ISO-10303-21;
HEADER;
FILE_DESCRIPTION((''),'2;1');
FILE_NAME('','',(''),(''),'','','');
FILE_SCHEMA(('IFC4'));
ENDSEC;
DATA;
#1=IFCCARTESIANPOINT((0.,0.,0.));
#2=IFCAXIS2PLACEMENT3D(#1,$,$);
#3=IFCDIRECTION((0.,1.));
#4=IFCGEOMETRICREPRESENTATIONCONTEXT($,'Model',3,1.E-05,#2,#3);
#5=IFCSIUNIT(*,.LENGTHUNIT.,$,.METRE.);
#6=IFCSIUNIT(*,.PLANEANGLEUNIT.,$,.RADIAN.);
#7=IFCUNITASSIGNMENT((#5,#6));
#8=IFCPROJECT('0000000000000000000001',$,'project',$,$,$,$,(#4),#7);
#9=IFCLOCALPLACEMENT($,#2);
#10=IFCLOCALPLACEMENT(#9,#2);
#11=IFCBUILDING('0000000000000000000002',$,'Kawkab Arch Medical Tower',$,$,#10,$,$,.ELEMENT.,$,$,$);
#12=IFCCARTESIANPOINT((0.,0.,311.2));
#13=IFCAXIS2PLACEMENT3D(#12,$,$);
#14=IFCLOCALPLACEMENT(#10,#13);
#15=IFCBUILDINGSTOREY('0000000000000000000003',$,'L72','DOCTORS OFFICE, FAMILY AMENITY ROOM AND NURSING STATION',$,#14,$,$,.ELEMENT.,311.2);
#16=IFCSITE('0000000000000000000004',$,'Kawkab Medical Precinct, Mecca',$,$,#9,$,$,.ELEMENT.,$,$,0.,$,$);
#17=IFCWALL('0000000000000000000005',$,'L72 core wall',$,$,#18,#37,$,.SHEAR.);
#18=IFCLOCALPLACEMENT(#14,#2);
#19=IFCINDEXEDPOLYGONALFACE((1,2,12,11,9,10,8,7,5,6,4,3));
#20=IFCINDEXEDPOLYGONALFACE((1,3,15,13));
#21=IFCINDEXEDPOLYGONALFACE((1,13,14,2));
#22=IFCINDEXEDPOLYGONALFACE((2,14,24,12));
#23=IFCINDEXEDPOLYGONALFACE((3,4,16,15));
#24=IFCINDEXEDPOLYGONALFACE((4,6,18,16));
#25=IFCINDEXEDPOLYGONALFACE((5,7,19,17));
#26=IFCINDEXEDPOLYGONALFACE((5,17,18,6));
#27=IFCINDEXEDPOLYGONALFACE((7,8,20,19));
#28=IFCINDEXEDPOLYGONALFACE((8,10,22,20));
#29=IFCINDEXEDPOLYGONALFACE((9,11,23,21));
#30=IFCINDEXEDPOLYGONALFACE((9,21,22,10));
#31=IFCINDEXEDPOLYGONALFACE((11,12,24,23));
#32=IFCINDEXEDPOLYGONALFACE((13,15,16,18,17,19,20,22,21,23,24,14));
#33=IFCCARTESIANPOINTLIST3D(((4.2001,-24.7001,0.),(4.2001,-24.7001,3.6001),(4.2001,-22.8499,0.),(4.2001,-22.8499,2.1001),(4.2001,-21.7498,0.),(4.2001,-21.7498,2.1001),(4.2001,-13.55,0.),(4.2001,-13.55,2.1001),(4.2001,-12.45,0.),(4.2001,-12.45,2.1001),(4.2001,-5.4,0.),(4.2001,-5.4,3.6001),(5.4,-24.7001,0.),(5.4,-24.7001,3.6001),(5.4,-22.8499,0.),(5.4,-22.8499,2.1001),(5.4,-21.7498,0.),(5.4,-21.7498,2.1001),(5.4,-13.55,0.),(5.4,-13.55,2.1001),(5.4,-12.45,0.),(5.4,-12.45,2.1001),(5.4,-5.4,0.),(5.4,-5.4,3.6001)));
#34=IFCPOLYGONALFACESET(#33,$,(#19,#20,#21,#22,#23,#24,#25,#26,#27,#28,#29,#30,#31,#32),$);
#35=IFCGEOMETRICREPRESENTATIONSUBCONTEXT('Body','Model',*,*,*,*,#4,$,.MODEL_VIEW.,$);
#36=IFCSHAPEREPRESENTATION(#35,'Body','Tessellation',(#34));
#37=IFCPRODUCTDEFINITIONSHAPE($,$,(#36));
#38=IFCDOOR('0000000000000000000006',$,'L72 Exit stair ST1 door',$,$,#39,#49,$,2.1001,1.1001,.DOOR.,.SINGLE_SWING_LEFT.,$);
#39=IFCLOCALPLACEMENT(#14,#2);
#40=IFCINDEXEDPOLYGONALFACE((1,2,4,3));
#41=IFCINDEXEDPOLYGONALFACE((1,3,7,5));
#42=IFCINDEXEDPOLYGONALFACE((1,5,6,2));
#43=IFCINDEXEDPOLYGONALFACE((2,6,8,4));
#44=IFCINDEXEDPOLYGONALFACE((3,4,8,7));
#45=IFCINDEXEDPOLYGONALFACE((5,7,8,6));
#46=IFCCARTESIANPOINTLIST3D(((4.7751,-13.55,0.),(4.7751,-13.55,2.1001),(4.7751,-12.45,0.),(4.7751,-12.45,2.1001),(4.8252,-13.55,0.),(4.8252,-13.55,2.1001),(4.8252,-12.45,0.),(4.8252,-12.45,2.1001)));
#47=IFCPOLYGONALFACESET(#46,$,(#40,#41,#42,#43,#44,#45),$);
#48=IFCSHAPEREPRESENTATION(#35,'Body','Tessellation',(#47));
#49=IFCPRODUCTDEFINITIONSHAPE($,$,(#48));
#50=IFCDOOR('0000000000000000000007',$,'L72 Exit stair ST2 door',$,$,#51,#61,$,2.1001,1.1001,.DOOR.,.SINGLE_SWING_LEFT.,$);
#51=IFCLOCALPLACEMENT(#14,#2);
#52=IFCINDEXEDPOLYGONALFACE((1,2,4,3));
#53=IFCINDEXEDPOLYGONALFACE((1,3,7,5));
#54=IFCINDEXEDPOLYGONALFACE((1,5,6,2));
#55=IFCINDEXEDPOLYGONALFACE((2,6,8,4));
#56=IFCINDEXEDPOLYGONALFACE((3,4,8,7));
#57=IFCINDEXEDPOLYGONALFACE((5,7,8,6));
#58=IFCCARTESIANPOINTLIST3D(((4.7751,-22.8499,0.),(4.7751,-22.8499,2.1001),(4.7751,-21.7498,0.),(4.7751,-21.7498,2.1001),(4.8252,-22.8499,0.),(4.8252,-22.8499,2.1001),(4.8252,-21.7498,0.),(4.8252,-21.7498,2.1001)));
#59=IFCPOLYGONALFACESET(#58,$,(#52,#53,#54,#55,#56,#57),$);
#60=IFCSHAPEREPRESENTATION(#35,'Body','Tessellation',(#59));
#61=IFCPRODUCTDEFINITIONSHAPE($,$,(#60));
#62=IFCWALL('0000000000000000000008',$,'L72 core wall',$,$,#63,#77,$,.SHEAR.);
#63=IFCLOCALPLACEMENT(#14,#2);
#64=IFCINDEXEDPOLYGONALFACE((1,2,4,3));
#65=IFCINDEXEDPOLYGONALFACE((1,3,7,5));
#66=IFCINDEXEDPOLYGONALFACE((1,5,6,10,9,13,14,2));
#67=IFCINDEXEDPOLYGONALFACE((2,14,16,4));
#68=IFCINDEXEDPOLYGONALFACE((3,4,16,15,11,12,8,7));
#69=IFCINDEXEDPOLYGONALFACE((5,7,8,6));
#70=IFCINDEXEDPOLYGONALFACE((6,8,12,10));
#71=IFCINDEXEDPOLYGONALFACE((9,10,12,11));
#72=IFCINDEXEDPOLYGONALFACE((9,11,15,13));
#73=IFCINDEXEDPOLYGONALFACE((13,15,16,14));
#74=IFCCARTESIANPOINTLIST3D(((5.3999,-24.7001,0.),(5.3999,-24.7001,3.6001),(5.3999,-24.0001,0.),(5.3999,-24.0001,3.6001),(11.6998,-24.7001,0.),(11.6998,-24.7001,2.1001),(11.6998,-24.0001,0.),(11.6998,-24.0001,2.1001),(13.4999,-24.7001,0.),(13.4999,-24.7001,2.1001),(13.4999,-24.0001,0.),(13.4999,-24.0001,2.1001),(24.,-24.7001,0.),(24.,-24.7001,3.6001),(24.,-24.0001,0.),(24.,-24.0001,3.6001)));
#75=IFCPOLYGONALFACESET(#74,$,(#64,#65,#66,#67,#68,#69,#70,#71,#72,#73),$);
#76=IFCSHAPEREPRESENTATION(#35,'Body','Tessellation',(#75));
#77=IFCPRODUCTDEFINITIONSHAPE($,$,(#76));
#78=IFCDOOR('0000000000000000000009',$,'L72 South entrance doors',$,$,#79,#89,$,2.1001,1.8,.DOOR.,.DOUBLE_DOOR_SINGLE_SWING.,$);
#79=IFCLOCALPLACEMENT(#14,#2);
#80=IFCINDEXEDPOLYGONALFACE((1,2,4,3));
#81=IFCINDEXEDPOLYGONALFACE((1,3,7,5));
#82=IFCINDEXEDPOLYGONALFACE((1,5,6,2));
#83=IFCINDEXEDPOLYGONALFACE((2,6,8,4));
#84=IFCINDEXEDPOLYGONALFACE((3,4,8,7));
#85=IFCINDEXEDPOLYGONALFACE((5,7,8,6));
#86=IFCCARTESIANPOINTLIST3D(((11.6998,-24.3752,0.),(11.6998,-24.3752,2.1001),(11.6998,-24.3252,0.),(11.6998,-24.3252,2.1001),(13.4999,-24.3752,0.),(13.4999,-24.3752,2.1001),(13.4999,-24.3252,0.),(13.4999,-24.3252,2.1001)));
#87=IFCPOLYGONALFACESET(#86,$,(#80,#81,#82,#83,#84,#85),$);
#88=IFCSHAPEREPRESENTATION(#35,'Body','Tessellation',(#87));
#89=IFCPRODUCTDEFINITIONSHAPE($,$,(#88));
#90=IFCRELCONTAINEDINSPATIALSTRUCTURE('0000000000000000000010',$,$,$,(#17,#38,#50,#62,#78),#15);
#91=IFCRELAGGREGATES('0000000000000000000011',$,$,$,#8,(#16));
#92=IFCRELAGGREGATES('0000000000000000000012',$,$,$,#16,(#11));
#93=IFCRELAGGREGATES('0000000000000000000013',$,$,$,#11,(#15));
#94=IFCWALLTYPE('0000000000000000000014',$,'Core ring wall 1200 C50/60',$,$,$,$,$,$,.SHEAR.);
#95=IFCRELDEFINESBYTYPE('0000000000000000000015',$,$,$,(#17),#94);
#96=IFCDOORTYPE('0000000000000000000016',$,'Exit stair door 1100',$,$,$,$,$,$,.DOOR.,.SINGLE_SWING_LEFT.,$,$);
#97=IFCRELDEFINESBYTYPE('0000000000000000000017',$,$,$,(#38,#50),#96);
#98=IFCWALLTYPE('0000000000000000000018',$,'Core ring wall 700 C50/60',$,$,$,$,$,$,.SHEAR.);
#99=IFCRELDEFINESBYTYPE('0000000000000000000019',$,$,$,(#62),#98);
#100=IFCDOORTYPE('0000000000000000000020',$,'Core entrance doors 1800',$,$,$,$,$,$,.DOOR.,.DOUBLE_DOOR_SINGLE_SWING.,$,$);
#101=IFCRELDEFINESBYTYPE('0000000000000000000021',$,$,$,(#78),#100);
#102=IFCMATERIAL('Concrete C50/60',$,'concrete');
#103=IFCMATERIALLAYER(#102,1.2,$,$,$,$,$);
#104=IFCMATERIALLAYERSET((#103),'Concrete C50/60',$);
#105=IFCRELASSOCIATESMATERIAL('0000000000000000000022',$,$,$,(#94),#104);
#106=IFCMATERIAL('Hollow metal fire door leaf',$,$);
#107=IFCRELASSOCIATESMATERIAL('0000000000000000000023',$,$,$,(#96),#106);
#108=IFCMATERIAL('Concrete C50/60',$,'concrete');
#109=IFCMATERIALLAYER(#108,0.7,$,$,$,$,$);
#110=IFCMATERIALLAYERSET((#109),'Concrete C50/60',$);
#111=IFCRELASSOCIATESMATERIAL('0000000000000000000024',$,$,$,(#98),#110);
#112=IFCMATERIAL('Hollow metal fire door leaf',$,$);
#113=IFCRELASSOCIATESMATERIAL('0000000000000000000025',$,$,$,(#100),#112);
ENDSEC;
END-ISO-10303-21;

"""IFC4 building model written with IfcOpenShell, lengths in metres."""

from ifc_helpers import new_model, si_unit, direction, frame, frame_2d, origin, place, context, subcontext, project, spatial, rectangle, extrude, material, layer, layer_set, type_object, element, fill, save


model = new_model("IFC4")

# Units and contexts
model_context = context("Model", 3, precision=1e-05, world=origin(), true_north=direction((0.0, 1.0)))
body_context = subcontext(model_context, "Body", "Model", "MODEL_VIEW")
ifc_project = project(units=[si_unit("LENGTHUNIT", "METRE"), si_unit("PLANEANGLEUNIT", "RADIAN")], contexts=[model_context])

# Site, building, storey
site_placement = place(None, origin())
site = spatial("IfcSite", under=ifc_project, at=site_placement, Name="Kawkab Medical Precinct, Mecca", CompositionType="ELEMENT", RefElevation=0.0)
building_placement = place(site_placement, origin())
building = spatial("IfcBuilding", under=site, at=building_placement, Name="Kawkab Arch Medical Tower", CompositionType="ELEMENT")
storey_placement = place(building_placement, frame((0.0, 0.0, 311.2)))
storey = spatial("IfcBuildingStorey", under=building, at=storey_placement, Name="L72", Description="DOCTORS OFFICE, FAMILY AMENITY ROOM AND NURSING STATION", CompositionType="ELEMENT", Elevation=311.2)

# Wall, openings, doors
ifc_material_1 = material(Name="Concrete C50/60", Category="concrete")
ifc_layer_1 = layer(ifc_material_1, 1.2)
ifc_layer_set_1 = layer_set([ifc_layer_1], Name="Concrete C50/60")
wall_type_1 = type_object("IfcWallType", Name="Core ring wall 1200 C50/60", PredefinedType="SHEAR", material=ifc_layer_set_1)
wall_1_placement = place(storey_placement, frame((4.8, -24.7, 0.0), z_axis=(0.0, 0.0, 1.0), x_axis=(0.0, 1.0, 0.0)))
wall_1 = element("IfcWall", 1, at=wall_1_placement, inside=storey, type_object=wall_type_1, Name="L72 core wall", PredefinedType="SHEAR", context=body_context, shape_type="SweptSolid", body=[
    extrude(rectangle(XDim=19.3, YDim=1.2, at=frame_2d((9.6499, 0.0))), origin(), (0.0, 0.0, 1.0), 3.6001),
])
opening_1_placement = place(wall_1_placement, frame((11.1499, 0.0, 0.0)))
opening_1 = element("IfcOpeningElement", 2, at=opening_1_placement, cuts=wall_1, PredefinedType="OPENING", context=body_context, shape_type="SweptSolid", body=[
    extrude(rectangle(XDim=1.1001, YDim=2.1001, at=frame_2d((0.55, 1.05))), frame((0.0, 0.6099, 0.0), z_axis=(0.0, -1.0, 0.0), x_axis=(1.0, 0.0, 0.0)), (0.0, 0.0, 1.0), 1.22),
])
opening_2_placement = place(wall_1_placement, frame((1.8501, 0.0, 0.0)))
opening_2 = element("IfcOpeningElement", 3, at=opening_2_placement, cuts=wall_1, PredefinedType="OPENING", context=body_context, shape_type="SweptSolid", body=[
    extrude(rectangle(XDim=1.1001, YDim=2.1001, at=frame_2d((0.55, 1.05))), frame((0.0, 0.6099, 0.0), z_axis=(0.0, -1.0, 0.0), x_axis=(1.0, 0.0, 0.0)), (0.0, 0.0, 1.0), 1.22),
])
ifc_material_2 = material(Name="Hollow metal fire door leaf")
door_type_1 = type_object("IfcDoorType", Name="Exit stair door 1100", OperationType="SINGLE_SWING_LEFT", PredefinedType="DOOR", material=ifc_material_2)
door_1_placement = place(opening_1_placement, origin())
door_1 = element("IfcDoor", 4, at=door_1_placement, inside=storey, type_object=door_type_1, Name="L72 Exit stair ST1 door", OperationType="SINGLE_SWING_LEFT", OverallHeight=2.1001, OverallWidth=1.1001, PredefinedType="DOOR", context=body_context, shape_type="SweptSolid", body=[
    extrude(rectangle(XDim=1.1001, YDim=2.1001, at=frame_2d((0.55, 1.05))), frame((0.0, 0.0249, 0.0), z_axis=(0.0, -1.0, 0.0), x_axis=(1.0, 0.0, 0.0)), (0.0, 0.0, 1.0), 0.05),
])
fill(opening_1, door_1)
door_2_placement = place(opening_2_placement, origin())
door_2 = element("IfcDoor", 5, at=door_2_placement, inside=storey, type_object=door_type_1, Name="L72 Exit stair ST2 door", OperationType="SINGLE_SWING_LEFT", OverallHeight=2.1001, OverallWidth=1.1001, PredefinedType="DOOR", context=body_context, shape_type="SweptSolid", body=[
    extrude(rectangle(XDim=1.1001, YDim=2.1001, at=frame_2d((0.55, 1.05))), frame((0.0, 0.0249, 0.0), z_axis=(0.0, -1.0, 0.0), x_axis=(1.0, 0.0, 0.0)), (0.0, 0.0, 1.0), 0.05),
])
fill(opening_2, door_2)

# Wall, opening, door
ifc_material_3 = material(Name="Concrete C50/60", Category="concrete")
ifc_layer_2 = layer(ifc_material_3, 0.7)
ifc_layer_set_2 = layer_set([ifc_layer_2], Name="Concrete C50/60")
wall_type_2 = type_object("IfcWallType", Name="Core ring wall 700 C50/60", PredefinedType="SHEAR", material=ifc_layer_set_2)
wall_2_placement = place(storey_placement, frame((5.3999, -24.3501, 0.0), z_axis=(0.0, 0.0, 1.0), x_axis=(1.0, 0.0, 0.0)))
wall_2 = element("IfcWall", 6, at=wall_2_placement, inside=storey, type_object=wall_type_2, Name="L72 core wall", PredefinedType="SHEAR", context=body_context, shape_type="SweptSolid", body=[
    extrude(rectangle(XDim=18.6001, YDim=0.7, at=frame_2d((9.3, 0.0))), origin(), (0.0, 0.0, 1.0), 3.6001),
])
opening_3_placement = place(wall_2_placement, frame((6.3, 0.0, 0.0)))
opening_3 = element("IfcOpeningElement", 7, at=opening_3_placement, cuts=wall_2, PredefinedType="OPENING", context=body_context, shape_type="SweptSolid", body=[
    extrude(rectangle(XDim=1.8, YDim=2.1001, at=frame_2d((0.8999, 1.05))), frame((0.0, 0.3599, 0.0), z_axis=(0.0, -1.0, 0.0), x_axis=(1.0, 0.0, 0.0)), (0.0, 0.0, 1.0), 0.72),
])
ifc_material_4 = material(Name="Hollow metal fire door leaf")
door_type_2 = type_object("IfcDoorType", Name="Core entrance doors 1800", OperationType="DOUBLE_DOOR_SINGLE_SWING", PredefinedType="DOOR", material=ifc_material_4)
door_3_placement = place(opening_3_placement, origin())
door_3 = element("IfcDoor", 8, at=door_3_placement, inside=storey, type_object=door_type_2, Name="L72 South entrance doors", OperationType="DOUBLE_DOOR_SINGLE_SWING", OverallHeight=2.1001, OverallWidth=1.8, PredefinedType="DOOR", context=body_context, shape_type="SweptSolid", body=[
    extrude(rectangle(XDim=1.8, YDim=2.1001, at=frame_2d((0.8999, 1.05))), frame((0.0, 0.0249, 0.0), z_axis=(0.0, -1.0, 0.0), x_axis=(1.0, 0.0, 0.0)), (0.0, 0.0, 1.0), 0.05),
])
fill(opening_3, door_3)

save(model, "model.ifc")
